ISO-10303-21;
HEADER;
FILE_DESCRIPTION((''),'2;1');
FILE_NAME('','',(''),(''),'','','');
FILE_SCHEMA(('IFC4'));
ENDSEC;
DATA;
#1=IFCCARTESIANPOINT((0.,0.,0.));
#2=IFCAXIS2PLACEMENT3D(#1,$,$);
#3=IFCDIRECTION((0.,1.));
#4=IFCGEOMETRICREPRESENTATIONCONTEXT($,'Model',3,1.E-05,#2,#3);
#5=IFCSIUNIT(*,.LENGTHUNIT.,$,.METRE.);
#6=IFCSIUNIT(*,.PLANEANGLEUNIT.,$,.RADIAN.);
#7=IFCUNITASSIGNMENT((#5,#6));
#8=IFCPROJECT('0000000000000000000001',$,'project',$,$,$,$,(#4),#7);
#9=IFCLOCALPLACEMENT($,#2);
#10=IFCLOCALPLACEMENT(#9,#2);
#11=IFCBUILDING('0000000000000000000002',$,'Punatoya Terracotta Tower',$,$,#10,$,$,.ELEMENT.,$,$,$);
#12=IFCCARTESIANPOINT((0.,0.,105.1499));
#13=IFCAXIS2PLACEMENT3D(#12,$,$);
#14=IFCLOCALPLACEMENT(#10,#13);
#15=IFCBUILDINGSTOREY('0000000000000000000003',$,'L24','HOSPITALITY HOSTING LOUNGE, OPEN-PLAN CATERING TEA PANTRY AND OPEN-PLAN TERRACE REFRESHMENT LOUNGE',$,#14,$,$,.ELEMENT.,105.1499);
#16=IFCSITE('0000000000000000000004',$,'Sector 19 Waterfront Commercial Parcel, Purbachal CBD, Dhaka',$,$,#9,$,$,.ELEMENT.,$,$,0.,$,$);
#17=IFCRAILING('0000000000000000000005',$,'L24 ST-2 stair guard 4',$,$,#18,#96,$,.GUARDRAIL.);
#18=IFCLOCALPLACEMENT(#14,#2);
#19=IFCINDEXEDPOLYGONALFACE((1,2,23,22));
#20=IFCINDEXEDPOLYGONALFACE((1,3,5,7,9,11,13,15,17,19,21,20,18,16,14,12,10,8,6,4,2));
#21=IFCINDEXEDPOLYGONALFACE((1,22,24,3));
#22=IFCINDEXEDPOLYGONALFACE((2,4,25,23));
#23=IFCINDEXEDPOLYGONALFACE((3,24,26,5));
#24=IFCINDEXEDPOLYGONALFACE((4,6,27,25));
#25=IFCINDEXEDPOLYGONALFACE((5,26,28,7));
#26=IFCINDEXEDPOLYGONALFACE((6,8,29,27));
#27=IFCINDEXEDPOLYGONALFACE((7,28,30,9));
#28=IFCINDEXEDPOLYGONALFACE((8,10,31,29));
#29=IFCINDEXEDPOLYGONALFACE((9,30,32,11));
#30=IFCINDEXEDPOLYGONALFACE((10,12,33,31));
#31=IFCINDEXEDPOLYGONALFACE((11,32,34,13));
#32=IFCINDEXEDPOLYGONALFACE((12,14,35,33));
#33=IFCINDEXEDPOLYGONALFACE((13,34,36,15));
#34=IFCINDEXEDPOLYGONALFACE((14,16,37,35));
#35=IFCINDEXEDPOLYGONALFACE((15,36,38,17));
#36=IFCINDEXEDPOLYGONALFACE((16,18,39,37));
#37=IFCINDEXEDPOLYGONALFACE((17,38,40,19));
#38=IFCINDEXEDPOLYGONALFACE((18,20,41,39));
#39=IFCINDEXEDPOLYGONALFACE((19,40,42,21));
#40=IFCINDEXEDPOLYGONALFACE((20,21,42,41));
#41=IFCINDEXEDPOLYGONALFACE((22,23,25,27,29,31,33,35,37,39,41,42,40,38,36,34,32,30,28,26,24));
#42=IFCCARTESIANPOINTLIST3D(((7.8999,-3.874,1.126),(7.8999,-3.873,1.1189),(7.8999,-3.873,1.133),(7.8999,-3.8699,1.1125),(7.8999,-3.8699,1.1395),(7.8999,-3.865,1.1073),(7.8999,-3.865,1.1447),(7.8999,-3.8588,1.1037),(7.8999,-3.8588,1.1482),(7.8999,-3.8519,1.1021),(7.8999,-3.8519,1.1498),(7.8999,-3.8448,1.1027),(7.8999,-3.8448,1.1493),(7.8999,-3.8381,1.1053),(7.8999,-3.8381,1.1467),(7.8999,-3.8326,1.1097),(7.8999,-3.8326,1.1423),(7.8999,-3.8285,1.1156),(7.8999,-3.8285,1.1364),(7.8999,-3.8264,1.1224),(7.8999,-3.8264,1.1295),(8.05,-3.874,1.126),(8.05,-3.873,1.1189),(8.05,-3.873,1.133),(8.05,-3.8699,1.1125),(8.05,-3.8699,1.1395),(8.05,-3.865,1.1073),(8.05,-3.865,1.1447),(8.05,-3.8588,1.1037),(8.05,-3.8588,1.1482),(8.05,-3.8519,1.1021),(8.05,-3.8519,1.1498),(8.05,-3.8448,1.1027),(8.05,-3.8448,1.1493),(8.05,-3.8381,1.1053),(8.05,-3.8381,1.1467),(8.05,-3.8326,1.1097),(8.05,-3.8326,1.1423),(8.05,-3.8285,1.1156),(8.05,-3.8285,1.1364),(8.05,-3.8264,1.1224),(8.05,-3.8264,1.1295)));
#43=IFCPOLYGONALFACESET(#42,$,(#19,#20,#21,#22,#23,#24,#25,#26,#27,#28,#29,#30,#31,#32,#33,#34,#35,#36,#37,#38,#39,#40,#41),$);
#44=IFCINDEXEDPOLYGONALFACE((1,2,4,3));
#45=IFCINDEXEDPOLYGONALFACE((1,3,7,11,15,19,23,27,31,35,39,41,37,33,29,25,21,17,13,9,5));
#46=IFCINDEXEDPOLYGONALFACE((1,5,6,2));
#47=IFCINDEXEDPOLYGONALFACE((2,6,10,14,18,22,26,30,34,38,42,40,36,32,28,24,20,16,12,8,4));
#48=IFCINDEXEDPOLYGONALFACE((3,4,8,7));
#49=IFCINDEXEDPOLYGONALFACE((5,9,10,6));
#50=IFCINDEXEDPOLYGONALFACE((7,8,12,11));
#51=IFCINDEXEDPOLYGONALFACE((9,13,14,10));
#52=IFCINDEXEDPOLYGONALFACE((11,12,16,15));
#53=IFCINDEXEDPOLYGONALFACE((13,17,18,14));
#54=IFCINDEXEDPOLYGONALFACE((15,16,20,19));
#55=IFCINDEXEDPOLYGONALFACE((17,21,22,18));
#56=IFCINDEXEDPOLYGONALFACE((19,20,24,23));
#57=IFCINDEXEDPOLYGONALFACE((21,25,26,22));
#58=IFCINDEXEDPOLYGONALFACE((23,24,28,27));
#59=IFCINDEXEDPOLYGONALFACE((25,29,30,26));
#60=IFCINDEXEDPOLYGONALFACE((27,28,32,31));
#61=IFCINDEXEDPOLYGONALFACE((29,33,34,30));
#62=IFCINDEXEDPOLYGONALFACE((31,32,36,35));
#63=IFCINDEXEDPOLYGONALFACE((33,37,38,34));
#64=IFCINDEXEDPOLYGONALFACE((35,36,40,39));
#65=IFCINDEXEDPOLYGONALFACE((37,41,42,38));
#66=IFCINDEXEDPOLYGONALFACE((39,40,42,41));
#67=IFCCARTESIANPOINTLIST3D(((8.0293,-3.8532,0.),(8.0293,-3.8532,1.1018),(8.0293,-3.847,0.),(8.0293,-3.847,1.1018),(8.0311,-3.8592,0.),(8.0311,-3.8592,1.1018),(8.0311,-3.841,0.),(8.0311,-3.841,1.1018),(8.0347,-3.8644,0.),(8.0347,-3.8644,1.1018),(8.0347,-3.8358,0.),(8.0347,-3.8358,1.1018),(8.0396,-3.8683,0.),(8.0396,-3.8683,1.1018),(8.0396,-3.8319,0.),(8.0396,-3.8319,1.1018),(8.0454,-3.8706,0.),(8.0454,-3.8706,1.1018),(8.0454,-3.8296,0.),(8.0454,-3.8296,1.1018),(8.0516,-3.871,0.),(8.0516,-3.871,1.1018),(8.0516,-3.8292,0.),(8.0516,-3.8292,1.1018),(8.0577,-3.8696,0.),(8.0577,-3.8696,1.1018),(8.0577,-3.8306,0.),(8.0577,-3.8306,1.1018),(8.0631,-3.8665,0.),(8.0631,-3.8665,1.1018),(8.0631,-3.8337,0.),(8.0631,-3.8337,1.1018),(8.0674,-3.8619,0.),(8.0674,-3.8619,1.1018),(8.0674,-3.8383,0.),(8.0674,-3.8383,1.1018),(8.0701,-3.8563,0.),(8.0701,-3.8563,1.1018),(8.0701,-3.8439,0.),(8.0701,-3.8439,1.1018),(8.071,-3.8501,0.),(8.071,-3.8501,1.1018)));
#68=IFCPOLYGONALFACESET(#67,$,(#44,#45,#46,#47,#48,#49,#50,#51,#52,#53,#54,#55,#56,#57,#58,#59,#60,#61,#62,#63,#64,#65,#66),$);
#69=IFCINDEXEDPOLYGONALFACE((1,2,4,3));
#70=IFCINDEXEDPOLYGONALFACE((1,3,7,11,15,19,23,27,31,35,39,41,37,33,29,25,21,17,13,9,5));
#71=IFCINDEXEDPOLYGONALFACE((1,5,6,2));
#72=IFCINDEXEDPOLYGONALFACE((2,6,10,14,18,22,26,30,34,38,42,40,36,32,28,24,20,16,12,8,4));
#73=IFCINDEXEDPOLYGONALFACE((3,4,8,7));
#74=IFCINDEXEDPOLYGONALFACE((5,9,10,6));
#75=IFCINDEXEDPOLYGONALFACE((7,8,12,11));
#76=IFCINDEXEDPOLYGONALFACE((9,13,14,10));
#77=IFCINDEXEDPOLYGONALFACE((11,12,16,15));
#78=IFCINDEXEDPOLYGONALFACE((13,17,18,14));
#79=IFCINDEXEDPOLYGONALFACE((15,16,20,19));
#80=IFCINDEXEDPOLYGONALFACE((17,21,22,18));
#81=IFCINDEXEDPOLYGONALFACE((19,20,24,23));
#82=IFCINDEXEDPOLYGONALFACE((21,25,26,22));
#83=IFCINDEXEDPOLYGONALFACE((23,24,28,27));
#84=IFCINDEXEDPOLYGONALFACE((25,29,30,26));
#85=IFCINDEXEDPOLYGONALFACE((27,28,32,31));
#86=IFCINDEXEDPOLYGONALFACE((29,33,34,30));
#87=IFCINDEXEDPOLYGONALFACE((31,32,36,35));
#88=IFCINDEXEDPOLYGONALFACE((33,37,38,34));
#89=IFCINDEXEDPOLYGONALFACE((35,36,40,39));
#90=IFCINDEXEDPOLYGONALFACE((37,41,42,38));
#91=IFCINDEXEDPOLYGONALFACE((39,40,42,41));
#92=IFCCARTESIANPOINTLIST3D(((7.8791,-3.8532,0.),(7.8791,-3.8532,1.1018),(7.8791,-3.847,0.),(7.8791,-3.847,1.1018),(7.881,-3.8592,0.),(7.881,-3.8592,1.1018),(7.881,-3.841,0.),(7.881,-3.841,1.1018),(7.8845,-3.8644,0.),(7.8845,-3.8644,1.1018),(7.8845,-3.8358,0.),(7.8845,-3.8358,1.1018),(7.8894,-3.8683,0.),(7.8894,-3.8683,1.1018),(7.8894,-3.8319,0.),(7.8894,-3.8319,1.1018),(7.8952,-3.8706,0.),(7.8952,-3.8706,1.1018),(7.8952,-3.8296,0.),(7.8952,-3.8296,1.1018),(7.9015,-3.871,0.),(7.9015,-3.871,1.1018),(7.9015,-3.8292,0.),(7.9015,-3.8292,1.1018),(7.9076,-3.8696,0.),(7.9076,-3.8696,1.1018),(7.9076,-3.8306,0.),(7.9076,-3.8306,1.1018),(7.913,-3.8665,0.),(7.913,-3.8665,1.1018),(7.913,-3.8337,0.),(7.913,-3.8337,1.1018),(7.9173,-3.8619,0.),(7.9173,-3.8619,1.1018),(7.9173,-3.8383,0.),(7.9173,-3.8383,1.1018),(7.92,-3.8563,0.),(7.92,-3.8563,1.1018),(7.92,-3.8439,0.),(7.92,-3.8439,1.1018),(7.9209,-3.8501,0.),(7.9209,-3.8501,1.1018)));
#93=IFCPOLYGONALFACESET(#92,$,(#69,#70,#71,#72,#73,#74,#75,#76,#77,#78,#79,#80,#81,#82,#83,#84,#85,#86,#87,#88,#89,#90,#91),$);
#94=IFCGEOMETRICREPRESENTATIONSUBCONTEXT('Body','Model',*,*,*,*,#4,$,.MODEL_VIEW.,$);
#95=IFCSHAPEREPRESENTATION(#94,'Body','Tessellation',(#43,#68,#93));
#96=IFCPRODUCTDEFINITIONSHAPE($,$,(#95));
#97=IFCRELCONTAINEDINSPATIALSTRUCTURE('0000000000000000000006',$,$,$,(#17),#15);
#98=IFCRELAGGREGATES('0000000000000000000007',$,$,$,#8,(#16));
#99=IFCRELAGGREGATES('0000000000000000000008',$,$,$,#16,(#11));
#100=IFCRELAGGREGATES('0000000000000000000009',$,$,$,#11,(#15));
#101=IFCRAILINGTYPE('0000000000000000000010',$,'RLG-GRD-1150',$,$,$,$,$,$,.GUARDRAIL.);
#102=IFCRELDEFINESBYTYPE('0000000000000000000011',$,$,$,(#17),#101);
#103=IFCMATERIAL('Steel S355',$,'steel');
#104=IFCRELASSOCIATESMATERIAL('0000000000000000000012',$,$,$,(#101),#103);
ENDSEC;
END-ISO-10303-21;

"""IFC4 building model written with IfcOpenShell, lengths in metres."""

from ifc_helpers import new_model, si_unit, direction, frame, origin, origin_2d, place, context, subcontext, project, spatial, circle, extrude, material, type_object, element, save


model = new_model("IFC4")

# Units and contexts
model_context = context("Model", 3, precision=1e-05, world=origin(), true_north=direction((0.0, 1.0)))
body_context = subcontext(model_context, "Body", "Model", "MODEL_VIEW")
ifc_project = project(units=[si_unit("LENGTHUNIT", "METRE"), si_unit("PLANEANGLEUNIT", "RADIAN")], contexts=[model_context])

# Site, building, storey
site_placement = place(None, origin())
site = spatial("IfcSite", under=ifc_project, at=site_placement, Name="Sector 19 Waterfront Commercial Parcel, Purbachal CBD, Dhaka", CompositionType="ELEMENT", RefElevation=0.0)
building_placement = place(site_placement, origin())
building = spatial("IfcBuilding", under=site, at=building_placement, Name="Punatoya Terracotta Tower", CompositionType="ELEMENT")
storey_placement = place(building_placement, frame((0.0, 0.0, 105.1499)))
storey = spatial("IfcBuildingStorey", under=building, at=storey_placement, Name="L24", Description="HOSPITALITY HOSTING LOUNGE, OPEN-PLAN CATERING TEA PANTRY AND OPEN-PLAN TERRACE REFRESHMENT LOUNGE", CompositionType="ELEMENT", Elevation=105.1499)

# Shared definitions
ifc_material_1 = material(Name="Steel S355", Category="steel")

# Railing
railing_type_1 = type_object("IfcRailingType", Name="RLG-GRD-1150", PredefinedType="GUARDRAIL", material=ifc_material_1)
railing_1_placement = place(storey_placement, frame((8.05, -3.8501, 0.0)))
element("IfcRailing", 1, at=railing_1_placement, inside=storey, type_object=railing_type_1, Name="L24 ST-2 stair guard 4", PredefinedType="GUARDRAIL", context=body_context, shape_type="SweptSolid", body=[
    extrude(circle(Radius=0.0239, at=origin_2d()), frame((0.0, 0.0, 1.126), z_axis=(-1.0, 0.0, 0.0), x_axis=(0.0, -1.0, 0.0)), (0.0, 0.0, 1.0), 0.1501),
    extrude(circle(Radius=0.021, at=origin_2d()), origin(), (0.0, 0.0, 1.0), 1.1018),
    extrude(circle(Radius=0.021, at=origin_2d()), frame((-0.1501, 0.0, 0.0)), (0.0, 0.0, 1.0), 1.1018),
])

save(model, "model.ifc")
